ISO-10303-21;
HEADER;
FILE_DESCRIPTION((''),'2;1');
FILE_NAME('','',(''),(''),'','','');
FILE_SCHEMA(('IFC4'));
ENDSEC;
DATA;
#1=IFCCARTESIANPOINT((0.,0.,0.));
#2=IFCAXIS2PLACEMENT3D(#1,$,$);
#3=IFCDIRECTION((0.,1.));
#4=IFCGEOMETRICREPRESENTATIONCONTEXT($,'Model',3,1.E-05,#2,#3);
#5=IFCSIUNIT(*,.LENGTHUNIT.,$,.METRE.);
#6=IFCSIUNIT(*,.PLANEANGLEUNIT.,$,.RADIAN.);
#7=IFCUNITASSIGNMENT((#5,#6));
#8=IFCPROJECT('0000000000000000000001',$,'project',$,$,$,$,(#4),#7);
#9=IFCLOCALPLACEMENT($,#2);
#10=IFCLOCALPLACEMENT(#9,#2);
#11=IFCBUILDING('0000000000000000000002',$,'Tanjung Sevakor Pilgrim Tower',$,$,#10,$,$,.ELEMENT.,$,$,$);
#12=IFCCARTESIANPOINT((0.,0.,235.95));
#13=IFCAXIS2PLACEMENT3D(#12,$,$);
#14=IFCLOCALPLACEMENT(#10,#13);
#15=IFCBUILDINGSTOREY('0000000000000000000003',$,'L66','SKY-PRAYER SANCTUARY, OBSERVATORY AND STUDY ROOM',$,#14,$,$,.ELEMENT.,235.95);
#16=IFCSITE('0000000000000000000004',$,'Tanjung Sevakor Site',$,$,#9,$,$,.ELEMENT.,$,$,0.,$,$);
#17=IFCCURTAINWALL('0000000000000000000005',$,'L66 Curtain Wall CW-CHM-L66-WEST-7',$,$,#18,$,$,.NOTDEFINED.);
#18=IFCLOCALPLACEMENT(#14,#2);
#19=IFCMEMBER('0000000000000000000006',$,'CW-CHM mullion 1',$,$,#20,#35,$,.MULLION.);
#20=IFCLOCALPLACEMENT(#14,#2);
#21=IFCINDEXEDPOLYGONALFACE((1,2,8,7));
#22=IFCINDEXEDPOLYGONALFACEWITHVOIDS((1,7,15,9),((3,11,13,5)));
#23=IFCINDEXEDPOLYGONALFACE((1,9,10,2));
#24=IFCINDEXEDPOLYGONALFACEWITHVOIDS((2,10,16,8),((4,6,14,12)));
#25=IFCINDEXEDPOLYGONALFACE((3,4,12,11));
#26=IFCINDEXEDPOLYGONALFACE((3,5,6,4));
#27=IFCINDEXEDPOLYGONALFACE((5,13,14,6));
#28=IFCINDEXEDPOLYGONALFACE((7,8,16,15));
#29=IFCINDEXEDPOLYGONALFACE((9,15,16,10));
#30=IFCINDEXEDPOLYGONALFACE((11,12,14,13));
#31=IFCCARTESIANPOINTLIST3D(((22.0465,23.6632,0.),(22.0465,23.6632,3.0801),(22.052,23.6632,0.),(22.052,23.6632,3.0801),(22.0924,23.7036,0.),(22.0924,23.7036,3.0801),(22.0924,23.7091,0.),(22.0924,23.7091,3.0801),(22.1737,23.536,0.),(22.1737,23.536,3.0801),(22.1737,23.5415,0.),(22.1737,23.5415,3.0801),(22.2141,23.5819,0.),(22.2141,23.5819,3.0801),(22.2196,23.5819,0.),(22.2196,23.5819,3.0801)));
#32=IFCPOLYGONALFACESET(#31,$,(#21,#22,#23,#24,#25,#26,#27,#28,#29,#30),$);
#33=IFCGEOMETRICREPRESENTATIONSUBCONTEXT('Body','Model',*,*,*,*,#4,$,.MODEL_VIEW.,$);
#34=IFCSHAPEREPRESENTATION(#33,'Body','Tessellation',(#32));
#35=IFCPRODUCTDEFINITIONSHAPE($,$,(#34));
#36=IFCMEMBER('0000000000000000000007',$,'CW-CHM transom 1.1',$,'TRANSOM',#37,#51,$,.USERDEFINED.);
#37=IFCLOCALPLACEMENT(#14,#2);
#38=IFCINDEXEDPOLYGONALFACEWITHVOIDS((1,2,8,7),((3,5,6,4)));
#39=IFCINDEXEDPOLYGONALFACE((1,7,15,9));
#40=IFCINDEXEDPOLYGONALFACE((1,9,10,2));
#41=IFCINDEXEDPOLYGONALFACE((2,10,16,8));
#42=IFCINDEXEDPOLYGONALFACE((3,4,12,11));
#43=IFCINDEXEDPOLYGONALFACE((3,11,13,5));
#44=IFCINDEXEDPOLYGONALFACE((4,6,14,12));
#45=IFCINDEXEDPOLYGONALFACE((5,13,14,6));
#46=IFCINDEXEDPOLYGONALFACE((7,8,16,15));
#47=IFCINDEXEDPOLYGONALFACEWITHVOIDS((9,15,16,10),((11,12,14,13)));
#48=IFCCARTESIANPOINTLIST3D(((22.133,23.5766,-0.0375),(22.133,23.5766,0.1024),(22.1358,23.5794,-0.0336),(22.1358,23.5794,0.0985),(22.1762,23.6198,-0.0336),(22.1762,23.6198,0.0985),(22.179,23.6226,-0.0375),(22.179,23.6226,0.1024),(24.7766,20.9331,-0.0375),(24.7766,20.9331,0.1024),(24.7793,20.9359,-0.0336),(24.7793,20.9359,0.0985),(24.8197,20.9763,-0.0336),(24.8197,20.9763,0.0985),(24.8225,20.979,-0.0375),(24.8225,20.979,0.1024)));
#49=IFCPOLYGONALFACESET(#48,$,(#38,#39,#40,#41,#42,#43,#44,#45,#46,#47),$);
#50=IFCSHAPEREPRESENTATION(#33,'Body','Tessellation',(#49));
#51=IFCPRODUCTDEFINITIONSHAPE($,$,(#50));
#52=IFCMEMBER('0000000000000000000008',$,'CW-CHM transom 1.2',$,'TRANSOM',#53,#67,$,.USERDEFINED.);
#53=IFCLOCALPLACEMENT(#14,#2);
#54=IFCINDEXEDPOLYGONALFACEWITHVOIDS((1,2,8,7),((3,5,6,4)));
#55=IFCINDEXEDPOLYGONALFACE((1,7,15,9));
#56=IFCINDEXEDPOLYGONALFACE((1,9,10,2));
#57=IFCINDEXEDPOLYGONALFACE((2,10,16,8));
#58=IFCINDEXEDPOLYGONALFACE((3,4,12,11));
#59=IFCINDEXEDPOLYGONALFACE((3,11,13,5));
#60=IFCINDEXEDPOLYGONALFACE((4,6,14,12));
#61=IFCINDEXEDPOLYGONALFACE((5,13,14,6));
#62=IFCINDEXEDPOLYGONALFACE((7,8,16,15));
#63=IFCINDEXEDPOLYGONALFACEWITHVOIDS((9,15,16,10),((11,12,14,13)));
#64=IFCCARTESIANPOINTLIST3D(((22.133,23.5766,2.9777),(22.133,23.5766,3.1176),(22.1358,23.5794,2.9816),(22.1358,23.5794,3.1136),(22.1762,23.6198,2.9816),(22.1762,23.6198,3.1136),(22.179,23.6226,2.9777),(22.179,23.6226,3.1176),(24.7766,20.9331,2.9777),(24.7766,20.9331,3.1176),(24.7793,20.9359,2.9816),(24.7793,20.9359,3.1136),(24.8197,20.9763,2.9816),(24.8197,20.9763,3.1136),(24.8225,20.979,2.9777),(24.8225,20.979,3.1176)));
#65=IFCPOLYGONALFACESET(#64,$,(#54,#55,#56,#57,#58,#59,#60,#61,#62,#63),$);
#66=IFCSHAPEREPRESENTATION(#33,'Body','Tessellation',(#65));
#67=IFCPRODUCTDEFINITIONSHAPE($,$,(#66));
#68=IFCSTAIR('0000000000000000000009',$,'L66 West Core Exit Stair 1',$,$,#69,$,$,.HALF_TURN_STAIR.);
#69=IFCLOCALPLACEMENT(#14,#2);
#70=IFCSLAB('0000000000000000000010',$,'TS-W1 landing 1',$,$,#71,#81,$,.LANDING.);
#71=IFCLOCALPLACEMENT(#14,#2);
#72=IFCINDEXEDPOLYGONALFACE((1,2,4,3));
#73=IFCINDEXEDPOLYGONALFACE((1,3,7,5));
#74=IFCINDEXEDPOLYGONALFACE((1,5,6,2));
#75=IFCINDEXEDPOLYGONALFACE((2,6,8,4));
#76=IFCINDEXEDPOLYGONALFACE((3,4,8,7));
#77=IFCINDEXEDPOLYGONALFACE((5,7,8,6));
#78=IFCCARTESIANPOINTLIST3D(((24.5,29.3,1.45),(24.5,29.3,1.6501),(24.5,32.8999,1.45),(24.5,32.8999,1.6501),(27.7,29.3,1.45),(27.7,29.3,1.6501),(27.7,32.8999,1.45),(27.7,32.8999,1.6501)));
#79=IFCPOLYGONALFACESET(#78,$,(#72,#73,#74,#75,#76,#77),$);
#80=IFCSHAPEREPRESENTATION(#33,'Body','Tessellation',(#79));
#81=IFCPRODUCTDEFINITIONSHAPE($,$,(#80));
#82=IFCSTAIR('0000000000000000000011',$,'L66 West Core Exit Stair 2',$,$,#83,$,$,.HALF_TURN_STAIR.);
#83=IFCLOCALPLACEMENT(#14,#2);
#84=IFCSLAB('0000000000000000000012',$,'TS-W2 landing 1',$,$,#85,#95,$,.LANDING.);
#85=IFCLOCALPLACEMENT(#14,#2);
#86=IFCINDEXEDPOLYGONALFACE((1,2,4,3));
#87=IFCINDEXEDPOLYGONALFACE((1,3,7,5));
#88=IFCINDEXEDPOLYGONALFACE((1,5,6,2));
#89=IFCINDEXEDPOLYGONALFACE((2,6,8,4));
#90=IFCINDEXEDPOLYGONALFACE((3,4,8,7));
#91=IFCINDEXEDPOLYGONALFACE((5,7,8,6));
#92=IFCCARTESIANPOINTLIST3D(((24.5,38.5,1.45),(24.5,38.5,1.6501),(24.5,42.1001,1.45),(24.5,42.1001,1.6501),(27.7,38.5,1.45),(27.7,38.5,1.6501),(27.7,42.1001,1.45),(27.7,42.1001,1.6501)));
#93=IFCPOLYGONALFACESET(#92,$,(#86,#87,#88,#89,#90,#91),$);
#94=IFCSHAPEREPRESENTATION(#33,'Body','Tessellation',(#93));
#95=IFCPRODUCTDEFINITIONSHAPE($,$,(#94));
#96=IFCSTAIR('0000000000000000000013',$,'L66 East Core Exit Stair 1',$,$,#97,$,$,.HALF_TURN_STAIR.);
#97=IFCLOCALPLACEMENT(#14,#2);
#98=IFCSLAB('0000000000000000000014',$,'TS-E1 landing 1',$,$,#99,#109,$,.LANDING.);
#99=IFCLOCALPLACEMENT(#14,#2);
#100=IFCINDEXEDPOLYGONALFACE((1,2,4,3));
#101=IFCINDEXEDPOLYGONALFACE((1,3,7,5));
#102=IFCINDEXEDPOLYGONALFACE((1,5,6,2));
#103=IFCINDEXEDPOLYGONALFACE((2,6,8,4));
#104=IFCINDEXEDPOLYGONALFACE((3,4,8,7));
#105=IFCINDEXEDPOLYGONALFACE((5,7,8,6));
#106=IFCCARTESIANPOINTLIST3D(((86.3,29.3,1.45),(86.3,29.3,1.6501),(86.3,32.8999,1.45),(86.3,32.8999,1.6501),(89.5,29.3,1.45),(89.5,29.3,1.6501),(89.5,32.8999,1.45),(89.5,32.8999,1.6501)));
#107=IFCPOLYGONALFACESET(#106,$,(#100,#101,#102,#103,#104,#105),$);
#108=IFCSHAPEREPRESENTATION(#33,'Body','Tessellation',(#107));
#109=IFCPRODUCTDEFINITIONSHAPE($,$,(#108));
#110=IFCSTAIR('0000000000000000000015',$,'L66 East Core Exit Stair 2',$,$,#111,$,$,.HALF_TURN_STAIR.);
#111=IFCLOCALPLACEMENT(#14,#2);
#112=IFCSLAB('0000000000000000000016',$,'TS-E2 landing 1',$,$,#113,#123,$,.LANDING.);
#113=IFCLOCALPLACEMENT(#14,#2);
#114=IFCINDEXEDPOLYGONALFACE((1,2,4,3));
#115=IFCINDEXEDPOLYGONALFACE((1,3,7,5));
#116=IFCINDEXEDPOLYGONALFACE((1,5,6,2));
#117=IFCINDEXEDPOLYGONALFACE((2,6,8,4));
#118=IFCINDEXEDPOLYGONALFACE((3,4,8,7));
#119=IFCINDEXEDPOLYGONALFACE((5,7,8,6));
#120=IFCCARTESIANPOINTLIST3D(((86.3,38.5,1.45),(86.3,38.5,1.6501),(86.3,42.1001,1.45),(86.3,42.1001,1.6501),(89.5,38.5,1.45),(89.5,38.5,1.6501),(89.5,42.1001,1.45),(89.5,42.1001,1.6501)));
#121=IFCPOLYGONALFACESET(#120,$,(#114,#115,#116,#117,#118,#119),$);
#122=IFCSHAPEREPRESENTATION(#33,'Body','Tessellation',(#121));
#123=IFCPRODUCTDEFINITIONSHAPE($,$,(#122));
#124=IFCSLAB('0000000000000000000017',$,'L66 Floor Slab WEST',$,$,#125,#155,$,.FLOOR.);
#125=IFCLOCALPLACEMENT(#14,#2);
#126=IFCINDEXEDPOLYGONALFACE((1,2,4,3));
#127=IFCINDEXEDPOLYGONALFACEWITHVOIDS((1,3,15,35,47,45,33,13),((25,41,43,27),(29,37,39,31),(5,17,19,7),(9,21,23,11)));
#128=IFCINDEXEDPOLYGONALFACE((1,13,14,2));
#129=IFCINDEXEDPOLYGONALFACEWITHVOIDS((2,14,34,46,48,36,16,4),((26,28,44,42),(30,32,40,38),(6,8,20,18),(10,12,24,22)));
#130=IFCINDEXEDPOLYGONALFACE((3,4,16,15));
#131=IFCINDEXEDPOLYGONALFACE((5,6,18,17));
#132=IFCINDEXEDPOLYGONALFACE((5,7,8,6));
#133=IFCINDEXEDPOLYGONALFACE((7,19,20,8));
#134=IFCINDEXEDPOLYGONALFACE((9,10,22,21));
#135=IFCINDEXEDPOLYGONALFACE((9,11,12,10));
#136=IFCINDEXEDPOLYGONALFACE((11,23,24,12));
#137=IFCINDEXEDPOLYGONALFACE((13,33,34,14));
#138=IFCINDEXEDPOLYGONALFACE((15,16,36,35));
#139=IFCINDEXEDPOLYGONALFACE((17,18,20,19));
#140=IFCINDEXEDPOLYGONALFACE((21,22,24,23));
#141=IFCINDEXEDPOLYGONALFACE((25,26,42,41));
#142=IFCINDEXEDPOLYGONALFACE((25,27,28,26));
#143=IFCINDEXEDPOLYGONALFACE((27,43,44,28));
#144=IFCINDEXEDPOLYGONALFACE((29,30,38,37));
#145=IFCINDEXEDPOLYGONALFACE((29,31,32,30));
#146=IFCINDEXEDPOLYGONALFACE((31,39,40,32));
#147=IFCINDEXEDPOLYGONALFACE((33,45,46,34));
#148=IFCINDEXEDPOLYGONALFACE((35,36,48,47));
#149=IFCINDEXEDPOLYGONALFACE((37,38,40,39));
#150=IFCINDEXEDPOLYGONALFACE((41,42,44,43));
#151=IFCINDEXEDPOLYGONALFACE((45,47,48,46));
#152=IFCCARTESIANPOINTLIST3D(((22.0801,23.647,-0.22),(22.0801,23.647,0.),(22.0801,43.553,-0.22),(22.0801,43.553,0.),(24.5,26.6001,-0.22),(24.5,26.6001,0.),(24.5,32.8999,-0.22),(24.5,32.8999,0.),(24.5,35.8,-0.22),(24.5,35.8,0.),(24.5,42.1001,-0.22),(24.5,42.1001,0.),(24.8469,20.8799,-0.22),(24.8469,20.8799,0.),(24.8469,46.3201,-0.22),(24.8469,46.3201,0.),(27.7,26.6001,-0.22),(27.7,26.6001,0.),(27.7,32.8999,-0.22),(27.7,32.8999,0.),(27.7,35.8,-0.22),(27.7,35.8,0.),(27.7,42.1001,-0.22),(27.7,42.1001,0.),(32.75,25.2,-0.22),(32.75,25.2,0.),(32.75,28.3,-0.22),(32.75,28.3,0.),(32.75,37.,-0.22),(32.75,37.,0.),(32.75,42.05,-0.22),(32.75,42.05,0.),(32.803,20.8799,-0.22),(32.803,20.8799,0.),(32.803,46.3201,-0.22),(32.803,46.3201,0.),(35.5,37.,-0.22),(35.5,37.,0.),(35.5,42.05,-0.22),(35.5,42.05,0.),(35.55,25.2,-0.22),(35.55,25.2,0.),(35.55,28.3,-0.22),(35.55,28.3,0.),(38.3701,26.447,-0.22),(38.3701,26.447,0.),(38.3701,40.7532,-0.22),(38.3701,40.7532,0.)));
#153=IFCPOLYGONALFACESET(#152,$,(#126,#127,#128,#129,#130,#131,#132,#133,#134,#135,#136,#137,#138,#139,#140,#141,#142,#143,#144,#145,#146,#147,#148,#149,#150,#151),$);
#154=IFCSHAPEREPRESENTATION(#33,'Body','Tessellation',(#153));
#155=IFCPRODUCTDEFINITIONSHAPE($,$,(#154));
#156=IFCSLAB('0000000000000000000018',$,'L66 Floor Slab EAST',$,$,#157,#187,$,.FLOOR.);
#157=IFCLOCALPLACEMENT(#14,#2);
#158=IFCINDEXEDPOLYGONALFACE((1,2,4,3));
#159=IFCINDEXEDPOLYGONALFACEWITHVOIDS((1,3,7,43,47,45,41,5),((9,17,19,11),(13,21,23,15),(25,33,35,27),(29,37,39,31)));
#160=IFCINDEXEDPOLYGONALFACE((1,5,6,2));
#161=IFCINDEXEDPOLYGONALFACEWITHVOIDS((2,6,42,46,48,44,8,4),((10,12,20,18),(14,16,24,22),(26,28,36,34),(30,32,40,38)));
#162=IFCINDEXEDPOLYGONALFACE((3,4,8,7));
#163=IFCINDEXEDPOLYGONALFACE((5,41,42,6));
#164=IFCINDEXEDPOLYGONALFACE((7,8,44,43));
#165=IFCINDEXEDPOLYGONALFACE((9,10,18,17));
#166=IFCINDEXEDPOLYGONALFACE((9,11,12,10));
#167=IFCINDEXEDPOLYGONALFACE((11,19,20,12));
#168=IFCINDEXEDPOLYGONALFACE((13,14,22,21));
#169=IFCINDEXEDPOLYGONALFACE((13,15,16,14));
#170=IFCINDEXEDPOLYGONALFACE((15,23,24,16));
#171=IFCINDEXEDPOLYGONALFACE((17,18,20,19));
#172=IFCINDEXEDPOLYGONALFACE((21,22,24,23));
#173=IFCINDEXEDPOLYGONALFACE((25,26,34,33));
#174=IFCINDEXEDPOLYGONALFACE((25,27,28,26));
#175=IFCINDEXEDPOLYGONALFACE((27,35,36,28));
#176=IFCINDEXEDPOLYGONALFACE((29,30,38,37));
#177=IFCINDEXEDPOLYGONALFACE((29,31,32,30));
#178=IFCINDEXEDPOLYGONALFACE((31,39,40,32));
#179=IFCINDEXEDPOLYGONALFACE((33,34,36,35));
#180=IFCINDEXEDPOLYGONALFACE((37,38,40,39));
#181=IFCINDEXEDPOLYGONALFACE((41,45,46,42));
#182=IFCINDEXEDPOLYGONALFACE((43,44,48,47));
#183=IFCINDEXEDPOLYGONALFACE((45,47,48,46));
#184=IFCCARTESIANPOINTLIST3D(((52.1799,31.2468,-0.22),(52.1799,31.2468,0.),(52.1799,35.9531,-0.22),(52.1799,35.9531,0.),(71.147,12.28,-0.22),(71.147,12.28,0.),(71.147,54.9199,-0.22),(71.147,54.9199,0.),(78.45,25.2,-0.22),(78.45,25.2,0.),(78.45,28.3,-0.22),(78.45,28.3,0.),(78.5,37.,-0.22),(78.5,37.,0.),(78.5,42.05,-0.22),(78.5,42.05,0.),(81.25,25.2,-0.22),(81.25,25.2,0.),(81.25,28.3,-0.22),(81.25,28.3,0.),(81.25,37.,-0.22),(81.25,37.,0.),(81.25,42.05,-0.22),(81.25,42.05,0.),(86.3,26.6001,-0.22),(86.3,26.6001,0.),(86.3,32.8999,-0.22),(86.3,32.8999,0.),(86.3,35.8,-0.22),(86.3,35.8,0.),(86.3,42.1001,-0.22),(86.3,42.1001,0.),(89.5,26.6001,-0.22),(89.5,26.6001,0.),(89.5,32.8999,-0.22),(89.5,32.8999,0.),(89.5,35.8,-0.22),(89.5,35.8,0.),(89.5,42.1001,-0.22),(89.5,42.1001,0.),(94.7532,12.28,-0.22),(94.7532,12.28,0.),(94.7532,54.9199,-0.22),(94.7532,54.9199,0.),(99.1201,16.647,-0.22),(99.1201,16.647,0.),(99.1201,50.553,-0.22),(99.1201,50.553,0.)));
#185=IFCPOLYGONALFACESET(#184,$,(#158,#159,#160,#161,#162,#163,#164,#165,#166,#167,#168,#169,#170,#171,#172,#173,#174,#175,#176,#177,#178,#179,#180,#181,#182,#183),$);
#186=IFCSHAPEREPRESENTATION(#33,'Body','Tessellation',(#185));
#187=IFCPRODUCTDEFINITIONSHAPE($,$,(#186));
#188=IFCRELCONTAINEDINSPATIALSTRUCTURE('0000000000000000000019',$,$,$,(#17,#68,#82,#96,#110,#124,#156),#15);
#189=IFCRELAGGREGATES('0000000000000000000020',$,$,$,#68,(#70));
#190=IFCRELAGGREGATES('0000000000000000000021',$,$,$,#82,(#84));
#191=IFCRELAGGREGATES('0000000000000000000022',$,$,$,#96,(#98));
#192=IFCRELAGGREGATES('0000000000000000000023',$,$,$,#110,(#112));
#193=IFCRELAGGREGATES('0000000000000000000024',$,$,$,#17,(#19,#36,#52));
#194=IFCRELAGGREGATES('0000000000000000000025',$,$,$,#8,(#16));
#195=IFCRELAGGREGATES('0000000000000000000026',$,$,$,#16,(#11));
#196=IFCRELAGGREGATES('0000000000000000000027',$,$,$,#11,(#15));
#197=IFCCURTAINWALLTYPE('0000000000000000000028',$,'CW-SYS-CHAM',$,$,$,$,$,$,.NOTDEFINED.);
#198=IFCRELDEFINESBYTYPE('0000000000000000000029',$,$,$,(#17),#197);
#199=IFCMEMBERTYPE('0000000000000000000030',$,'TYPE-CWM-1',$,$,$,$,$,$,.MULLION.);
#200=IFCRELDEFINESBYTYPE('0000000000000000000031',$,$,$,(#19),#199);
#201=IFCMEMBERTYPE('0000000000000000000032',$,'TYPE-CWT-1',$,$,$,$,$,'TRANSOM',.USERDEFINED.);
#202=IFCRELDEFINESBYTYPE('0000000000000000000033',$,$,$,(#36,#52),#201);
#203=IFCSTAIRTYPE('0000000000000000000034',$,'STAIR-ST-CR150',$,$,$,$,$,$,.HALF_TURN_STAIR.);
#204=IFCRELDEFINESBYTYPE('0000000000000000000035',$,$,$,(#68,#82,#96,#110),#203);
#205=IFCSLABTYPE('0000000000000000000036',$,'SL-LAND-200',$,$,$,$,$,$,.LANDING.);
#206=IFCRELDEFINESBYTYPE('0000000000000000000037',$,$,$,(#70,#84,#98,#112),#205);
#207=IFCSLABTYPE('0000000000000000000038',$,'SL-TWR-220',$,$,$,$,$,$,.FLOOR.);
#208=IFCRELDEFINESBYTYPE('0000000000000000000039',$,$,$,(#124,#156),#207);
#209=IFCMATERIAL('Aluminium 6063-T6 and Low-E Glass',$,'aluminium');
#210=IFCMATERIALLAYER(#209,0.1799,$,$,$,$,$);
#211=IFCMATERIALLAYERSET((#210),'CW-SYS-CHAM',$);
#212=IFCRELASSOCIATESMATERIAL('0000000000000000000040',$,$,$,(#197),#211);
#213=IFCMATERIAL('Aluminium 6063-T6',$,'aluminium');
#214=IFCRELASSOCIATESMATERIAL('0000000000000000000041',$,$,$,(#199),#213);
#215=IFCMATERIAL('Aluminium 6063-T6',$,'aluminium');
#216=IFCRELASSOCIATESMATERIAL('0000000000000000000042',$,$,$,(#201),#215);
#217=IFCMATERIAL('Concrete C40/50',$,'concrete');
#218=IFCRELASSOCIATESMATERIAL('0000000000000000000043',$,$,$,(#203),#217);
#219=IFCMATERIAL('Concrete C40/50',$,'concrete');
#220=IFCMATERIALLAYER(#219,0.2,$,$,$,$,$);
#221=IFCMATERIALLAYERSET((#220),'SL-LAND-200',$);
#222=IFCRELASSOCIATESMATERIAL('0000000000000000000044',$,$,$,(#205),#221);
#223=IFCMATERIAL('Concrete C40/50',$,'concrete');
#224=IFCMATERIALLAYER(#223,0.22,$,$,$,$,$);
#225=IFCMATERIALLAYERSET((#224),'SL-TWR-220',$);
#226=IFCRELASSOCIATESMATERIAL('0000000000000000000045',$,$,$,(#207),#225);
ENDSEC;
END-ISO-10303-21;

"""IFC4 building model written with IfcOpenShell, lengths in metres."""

from ifc_helpers import new_model, si_unit, direction, frame, origin, origin_2d, place, context, subcontext, project, spatial, polyline, hollow_rectangle, outline, extrude, material, layer, layer_set, material_profile, profile_set, type_object, element, aggregate, save


model = new_model("IFC4")

# Units and contexts
model_context = context("Model", 3, precision=1e-05, world=origin(), true_north=direction((0.0, 1.0)))
body_context = subcontext(model_context, "Body", "Model", "MODEL_VIEW")
ifc_project = project(units=[si_unit("LENGTHUNIT", "METRE"), si_unit("PLANEANGLEUNIT", "RADIAN")], contexts=[model_context])

# Site, building, storey
site_placement = place(None, origin())
site = spatial("IfcSite", under=ifc_project, at=site_placement, Name="Tanjung Sevakor Site", CompositionType="ELEMENT", RefElevation=0.0)
building_placement = place(site_placement, origin())
building = spatial("IfcBuilding", under=site, at=building_placement, Name="Tanjung Sevakor Pilgrim Tower", CompositionType="ELEMENT")
storey_placement = place(building_placement, frame((0.0, 0.0, 235.95)))
storey = spatial("IfcBuildingStorey", under=building, at=storey_placement, Name="L66", Description="SKY-PRAYER SANCTUARY, OBSERVATORY AND STUDY ROOM", CompositionType="ELEMENT", Elevation=235.95)

# Curtain wall, members
ifc_material_1 = material(Name="Aluminium 6063-T6 and Low-E Glass", Category="aluminium")
ifc_layer_1 = layer(ifc_material_1, 0.1799)
ifc_layer_set_1 = layer_set([ifc_layer_1], Name="CW-SYS-CHAM")
curtain_wall_type = type_object("IfcCurtainWallType", Name="CW-SYS-CHAM", PredefinedType="NOTDEFINED", material=ifc_layer_set_1)
curtain_wall_placement = place(storey_placement, origin())
curtain_wall = element("IfcCurtainWall", 1, at=curtain_wall_placement, inside=storey, type_object=curtain_wall_type, Name="L66 Curtain Wall CW-CHM-L66-WEST-7", PredefinedType="NOTDEFINED")
ifc_material_2 = material(Name="Aluminium 6063-T6", Category="aluminium")
ifc_material_profile_1 = material_profile(ifc_material_2, hollow_rectangle(XDim=0.0649, YDim=0.1799, WallThickness=0.0039, at=origin_2d()))
ifc_profile_set_1 = profile_set([ifc_material_profile_1], Name="Aluminium 6063-T6")
member_type_1 = type_object("IfcMemberType", Name="TYPE-CWM-1", PredefinedType="MULLION", material=ifc_profile_set_1)
member_1_placement = place(storey_placement, frame((22.1331, 23.6226, 0.0), z_axis=(0.0, 0.0, 1.0), x_axis=(0.707107, 0.707107, 0.0)))
member_1 = element("IfcMember", 2, at=member_1_placement, type_object=member_type_1, Name="CW-CHM mullion 1", PredefinedType="MULLION", context=body_context, shape_type="SweptSolid", body=[
    extrude(hollow_rectangle(XDim=0.0649, YDim=0.1799, WallThickness=0.0039, at=origin_2d()), origin(), (0.0, 0.0, 1.0), 3.0801),
])
ifc_material_3 = material(Name="Aluminium 6063-T6", Category="aluminium")
ifc_material_profile_2 = material_profile(ifc_material_3, hollow_rectangle(XDim=0.0649, YDim=0.1399, WallThickness=0.0039, at=origin_2d()))
ifc_profile_set_2 = profile_set([ifc_material_profile_2], Name="Aluminium 6063-T6")
member_type_2 = type_object("IfcMemberType", Name="TYPE-CWT-1", ElementType="TRANSOM", PredefinedType="USERDEFINED", material=ifc_profile_set_2)
member_2_placement = place(storey_placement, frame((22.156, 23.5996, 0.0325), z_axis=(0.707107, -0.707107, 0.0), x_axis=(0.707107, 0.707107, 0.0)))
member_2 = element("IfcMember", 3, at=member_2_placement, type_object=member_type_2, Name="CW-CHM transom 1.1", ObjectType="TRANSOM", PredefinedType="USERDEFINED", context=body_context, shape_type="SweptSolid", body=[
    extrude(hollow_rectangle(XDim=0.0649, YDim=0.1399, WallThickness=0.0039, at=origin_2d()), origin(), (0.0, 0.0, 1.0), 3.7385),
])
member_3_placement = place(storey_placement, frame((22.156, 23.5996, 3.0476), z_axis=(0.707107, -0.707107, 0.0), x_axis=(0.707107, 0.707107, 0.0)))
member_3 = element("IfcMember", 4, at=member_3_placement, type_object=member_type_2, Name="CW-CHM transom 1.2", ObjectType="TRANSOM", PredefinedType="USERDEFINED", context=body_context, shape_type="SweptSolid", body=[
    extrude(hollow_rectangle(XDim=0.0649, YDim=0.1399, WallThickness=0.0039, at=origin_2d()), origin(), (0.0, 0.0, 1.0), 3.7385),
])

# Stairs, slabs
ifc_material_4 = material(Name="Concrete C40/50", Category="concrete")
stair_type = type_object("IfcStairType", Name="STAIR-ST-CR150", PredefinedType="HALF_TURN_STAIR", material=ifc_material_4)
stair_1_placement = place(storey_placement, origin())
stair_1 = element("IfcStair", 5, at=stair_1_placement, inside=storey, type_object=stair_type, Name="L66 West Core Exit Stair 1", PredefinedType="HALF_TURN_STAIR")
ifc_material_5 = material(Name="Concrete C40/50", Category="concrete")
ifc_layer_2 = layer(ifc_material_5, 0.2)
ifc_layer_set_2 = layer_set([ifc_layer_2], Name="SL-LAND-200")
slab_type_1 = type_object("IfcSlabType", Name="SL-LAND-200", PredefinedType="LANDING", material=ifc_layer_set_2)
slab_1_placement = place(storey_placement, frame((0.0, 0.0, 1.45)))
slab_1 = element("IfcSlab", 6, at=slab_1_placement, type_object=slab_type_1, Name="TS-W1 landing 1", PredefinedType="LANDING", context=body_context, shape_type="SweptSolid", body=[
    extrude(outline(polyline([(27.7, 29.3), (27.7, 32.8999), (24.5, 32.8999), (24.5, 29.3), (27.7, 29.3)])), origin(), (0.0, 0.0, 1.0), 0.2002),
])
aggregate(stair_1, [slab_1])
stair_2_placement = place(storey_placement, origin())
stair_2 = element("IfcStair", 7, at=stair_2_placement, inside=storey, type_object=stair_type, Name="L66 West Core Exit Stair 2", PredefinedType="HALF_TURN_STAIR")
slab_2_placement = place(storey_placement, frame((0.0, 0.0, 1.45)))
slab_2 = element("IfcSlab", 8, at=slab_2_placement, type_object=slab_type_1, Name="TS-W2 landing 1", PredefinedType="LANDING", context=body_context, shape_type="SweptSolid", body=[
    extrude(outline(polyline([(27.7, 38.5), (27.7, 42.1001), (24.5, 42.1001), (24.5, 38.5), (27.7, 38.5)])), origin(), (0.0, 0.0, 1.0), 0.2002),
])
aggregate(stair_2, [slab_2])
stair_3_placement = place(storey_placement, origin())
stair_3 = element("IfcStair", 9, at=stair_3_placement, inside=storey, type_object=stair_type, Name="L66 East Core Exit Stair 1", PredefinedType="HALF_TURN_STAIR")
slab_3_placement = place(storey_placement, frame((0.0, 0.0, 1.45)))
slab_3 = element("IfcSlab", 10, at=slab_3_placement, type_object=slab_type_1, Name="TS-E1 landing 1", PredefinedType="LANDING", context=body_context, shape_type="SweptSolid", body=[
    extrude(outline(polyline([(89.5, 29.3), (89.5, 32.8999), (86.3, 32.8999), (86.3, 29.3), (89.5, 29.3)])), origin(), (0.0, 0.0, 1.0), 0.2002),
])
aggregate(stair_3, [slab_3])
stair_4_placement = place(storey_placement, origin())
stair_4 = element("IfcStair", 11, at=stair_4_placement, inside=storey, type_object=stair_type, Name="L66 East Core Exit Stair 2", PredefinedType="HALF_TURN_STAIR")
slab_4_placement = place(storey_placement, frame((0.0, 0.0, 1.45)))
slab_4 = element("IfcSlab", 12, at=slab_4_placement, type_object=slab_type_1, Name="TS-E2 landing 1", PredefinedType="LANDING", context=body_context, shape_type="SweptSolid", body=[
    extrude(outline(polyline([(89.5, 38.5), (89.5, 42.1001), (86.3, 42.1001), (86.3, 38.5), (89.5, 38.5)])), origin(), (0.0, 0.0, 1.0), 0.2002),
])
aggregate(stair_4, [slab_4])

# Slabs
ifc_material_6 = material(Name="Concrete C40/50", Category="concrete")
ifc_layer_3 = layer(ifc_material_6, 0.22)
ifc_layer_set_3 = layer_set([ifc_layer_3], Name="SL-TWR-220")
slab_type_2 = type_object("IfcSlabType", Name="SL-TWR-220", PredefinedType="FLOOR", material=ifc_layer_set_3)
slab_5_placement = place(storey_placement, frame((0.0, 0.0, -0.22)))
element("IfcSlab", 13, at=slab_5_placement, inside=storey, type_object=slab_type_2, Name="L66 Floor Slab WEST", PredefinedType="FLOOR", context=body_context, shape_type="SweptSolid", body=[
    extrude(outline(polyline([(24.8469, 20.8799), (32.803, 20.8799), (38.3701, 26.447), (38.3701, 40.7532), (32.803, 46.3201), (24.8469, 46.3201), (22.0801, 43.553), (22.0801, 23.647), (24.8469, 20.8799)]), holes=[polyline([(27.7, 26.6001), (27.7, 32.8999), (24.5, 32.8999), (24.5, 26.6001), (27.7, 26.6001)]), polyline([(27.7, 35.8), (27.7, 42.1001), (24.5, 42.1001), (24.5, 35.8), (27.7, 35.8)]), polyline([(32.75, 25.2), (35.55, 25.2), (35.55, 28.3), (32.75, 28.3), (32.75, 25.2)]), polyline([(32.75, 37.0), (35.5, 37.0), (35.5, 42.05), (32.75, 42.05), (32.75, 37.0)])]), origin(), (0.0, 0.0, 1.0), 0.22),
])
slab_6_placement = place(storey_placement, frame((0.0, 0.0, -0.22)))
element("IfcSlab", 14, at=slab_6_placement, inside=storey, type_object=slab_type_2, Name="L66 Floor Slab EAST", PredefinedType="FLOOR", context=body_context, shape_type="SweptSolid", body=[
    extrude(outline(polyline([(71.147, 12.28), (94.7532, 12.28), (99.1201, 16.647), (99.1201, 50.553), (94.7532, 54.9199), (71.147, 54.9199), (52.1799, 35.9531), (52.1799, 31.2468), (71.147, 12.28)]), holes=[polyline([(89.5, 26.6001), (89.5, 32.8999), (86.3, 32.8999), (86.3, 26.6001), (89.5, 26.6001)]), polyline([(89.5, 35.8), (89.5, 42.1001), (86.3, 42.1001), (86.3, 35.8), (89.5, 35.8)]), polyline([(78.45, 25.2), (81.25, 25.2), (81.25, 28.3), (78.45, 28.3), (78.45, 25.2)]), polyline([(78.5, 37.0), (81.25, 37.0), (81.25, 42.05), (78.5, 42.05), (78.5, 37.0)])]), origin(), (0.0, 0.0, 1.0), 0.22),
])

aggregate(curtain_wall, [member_1, member_2, member_3])

save(model, "model.ifc")
